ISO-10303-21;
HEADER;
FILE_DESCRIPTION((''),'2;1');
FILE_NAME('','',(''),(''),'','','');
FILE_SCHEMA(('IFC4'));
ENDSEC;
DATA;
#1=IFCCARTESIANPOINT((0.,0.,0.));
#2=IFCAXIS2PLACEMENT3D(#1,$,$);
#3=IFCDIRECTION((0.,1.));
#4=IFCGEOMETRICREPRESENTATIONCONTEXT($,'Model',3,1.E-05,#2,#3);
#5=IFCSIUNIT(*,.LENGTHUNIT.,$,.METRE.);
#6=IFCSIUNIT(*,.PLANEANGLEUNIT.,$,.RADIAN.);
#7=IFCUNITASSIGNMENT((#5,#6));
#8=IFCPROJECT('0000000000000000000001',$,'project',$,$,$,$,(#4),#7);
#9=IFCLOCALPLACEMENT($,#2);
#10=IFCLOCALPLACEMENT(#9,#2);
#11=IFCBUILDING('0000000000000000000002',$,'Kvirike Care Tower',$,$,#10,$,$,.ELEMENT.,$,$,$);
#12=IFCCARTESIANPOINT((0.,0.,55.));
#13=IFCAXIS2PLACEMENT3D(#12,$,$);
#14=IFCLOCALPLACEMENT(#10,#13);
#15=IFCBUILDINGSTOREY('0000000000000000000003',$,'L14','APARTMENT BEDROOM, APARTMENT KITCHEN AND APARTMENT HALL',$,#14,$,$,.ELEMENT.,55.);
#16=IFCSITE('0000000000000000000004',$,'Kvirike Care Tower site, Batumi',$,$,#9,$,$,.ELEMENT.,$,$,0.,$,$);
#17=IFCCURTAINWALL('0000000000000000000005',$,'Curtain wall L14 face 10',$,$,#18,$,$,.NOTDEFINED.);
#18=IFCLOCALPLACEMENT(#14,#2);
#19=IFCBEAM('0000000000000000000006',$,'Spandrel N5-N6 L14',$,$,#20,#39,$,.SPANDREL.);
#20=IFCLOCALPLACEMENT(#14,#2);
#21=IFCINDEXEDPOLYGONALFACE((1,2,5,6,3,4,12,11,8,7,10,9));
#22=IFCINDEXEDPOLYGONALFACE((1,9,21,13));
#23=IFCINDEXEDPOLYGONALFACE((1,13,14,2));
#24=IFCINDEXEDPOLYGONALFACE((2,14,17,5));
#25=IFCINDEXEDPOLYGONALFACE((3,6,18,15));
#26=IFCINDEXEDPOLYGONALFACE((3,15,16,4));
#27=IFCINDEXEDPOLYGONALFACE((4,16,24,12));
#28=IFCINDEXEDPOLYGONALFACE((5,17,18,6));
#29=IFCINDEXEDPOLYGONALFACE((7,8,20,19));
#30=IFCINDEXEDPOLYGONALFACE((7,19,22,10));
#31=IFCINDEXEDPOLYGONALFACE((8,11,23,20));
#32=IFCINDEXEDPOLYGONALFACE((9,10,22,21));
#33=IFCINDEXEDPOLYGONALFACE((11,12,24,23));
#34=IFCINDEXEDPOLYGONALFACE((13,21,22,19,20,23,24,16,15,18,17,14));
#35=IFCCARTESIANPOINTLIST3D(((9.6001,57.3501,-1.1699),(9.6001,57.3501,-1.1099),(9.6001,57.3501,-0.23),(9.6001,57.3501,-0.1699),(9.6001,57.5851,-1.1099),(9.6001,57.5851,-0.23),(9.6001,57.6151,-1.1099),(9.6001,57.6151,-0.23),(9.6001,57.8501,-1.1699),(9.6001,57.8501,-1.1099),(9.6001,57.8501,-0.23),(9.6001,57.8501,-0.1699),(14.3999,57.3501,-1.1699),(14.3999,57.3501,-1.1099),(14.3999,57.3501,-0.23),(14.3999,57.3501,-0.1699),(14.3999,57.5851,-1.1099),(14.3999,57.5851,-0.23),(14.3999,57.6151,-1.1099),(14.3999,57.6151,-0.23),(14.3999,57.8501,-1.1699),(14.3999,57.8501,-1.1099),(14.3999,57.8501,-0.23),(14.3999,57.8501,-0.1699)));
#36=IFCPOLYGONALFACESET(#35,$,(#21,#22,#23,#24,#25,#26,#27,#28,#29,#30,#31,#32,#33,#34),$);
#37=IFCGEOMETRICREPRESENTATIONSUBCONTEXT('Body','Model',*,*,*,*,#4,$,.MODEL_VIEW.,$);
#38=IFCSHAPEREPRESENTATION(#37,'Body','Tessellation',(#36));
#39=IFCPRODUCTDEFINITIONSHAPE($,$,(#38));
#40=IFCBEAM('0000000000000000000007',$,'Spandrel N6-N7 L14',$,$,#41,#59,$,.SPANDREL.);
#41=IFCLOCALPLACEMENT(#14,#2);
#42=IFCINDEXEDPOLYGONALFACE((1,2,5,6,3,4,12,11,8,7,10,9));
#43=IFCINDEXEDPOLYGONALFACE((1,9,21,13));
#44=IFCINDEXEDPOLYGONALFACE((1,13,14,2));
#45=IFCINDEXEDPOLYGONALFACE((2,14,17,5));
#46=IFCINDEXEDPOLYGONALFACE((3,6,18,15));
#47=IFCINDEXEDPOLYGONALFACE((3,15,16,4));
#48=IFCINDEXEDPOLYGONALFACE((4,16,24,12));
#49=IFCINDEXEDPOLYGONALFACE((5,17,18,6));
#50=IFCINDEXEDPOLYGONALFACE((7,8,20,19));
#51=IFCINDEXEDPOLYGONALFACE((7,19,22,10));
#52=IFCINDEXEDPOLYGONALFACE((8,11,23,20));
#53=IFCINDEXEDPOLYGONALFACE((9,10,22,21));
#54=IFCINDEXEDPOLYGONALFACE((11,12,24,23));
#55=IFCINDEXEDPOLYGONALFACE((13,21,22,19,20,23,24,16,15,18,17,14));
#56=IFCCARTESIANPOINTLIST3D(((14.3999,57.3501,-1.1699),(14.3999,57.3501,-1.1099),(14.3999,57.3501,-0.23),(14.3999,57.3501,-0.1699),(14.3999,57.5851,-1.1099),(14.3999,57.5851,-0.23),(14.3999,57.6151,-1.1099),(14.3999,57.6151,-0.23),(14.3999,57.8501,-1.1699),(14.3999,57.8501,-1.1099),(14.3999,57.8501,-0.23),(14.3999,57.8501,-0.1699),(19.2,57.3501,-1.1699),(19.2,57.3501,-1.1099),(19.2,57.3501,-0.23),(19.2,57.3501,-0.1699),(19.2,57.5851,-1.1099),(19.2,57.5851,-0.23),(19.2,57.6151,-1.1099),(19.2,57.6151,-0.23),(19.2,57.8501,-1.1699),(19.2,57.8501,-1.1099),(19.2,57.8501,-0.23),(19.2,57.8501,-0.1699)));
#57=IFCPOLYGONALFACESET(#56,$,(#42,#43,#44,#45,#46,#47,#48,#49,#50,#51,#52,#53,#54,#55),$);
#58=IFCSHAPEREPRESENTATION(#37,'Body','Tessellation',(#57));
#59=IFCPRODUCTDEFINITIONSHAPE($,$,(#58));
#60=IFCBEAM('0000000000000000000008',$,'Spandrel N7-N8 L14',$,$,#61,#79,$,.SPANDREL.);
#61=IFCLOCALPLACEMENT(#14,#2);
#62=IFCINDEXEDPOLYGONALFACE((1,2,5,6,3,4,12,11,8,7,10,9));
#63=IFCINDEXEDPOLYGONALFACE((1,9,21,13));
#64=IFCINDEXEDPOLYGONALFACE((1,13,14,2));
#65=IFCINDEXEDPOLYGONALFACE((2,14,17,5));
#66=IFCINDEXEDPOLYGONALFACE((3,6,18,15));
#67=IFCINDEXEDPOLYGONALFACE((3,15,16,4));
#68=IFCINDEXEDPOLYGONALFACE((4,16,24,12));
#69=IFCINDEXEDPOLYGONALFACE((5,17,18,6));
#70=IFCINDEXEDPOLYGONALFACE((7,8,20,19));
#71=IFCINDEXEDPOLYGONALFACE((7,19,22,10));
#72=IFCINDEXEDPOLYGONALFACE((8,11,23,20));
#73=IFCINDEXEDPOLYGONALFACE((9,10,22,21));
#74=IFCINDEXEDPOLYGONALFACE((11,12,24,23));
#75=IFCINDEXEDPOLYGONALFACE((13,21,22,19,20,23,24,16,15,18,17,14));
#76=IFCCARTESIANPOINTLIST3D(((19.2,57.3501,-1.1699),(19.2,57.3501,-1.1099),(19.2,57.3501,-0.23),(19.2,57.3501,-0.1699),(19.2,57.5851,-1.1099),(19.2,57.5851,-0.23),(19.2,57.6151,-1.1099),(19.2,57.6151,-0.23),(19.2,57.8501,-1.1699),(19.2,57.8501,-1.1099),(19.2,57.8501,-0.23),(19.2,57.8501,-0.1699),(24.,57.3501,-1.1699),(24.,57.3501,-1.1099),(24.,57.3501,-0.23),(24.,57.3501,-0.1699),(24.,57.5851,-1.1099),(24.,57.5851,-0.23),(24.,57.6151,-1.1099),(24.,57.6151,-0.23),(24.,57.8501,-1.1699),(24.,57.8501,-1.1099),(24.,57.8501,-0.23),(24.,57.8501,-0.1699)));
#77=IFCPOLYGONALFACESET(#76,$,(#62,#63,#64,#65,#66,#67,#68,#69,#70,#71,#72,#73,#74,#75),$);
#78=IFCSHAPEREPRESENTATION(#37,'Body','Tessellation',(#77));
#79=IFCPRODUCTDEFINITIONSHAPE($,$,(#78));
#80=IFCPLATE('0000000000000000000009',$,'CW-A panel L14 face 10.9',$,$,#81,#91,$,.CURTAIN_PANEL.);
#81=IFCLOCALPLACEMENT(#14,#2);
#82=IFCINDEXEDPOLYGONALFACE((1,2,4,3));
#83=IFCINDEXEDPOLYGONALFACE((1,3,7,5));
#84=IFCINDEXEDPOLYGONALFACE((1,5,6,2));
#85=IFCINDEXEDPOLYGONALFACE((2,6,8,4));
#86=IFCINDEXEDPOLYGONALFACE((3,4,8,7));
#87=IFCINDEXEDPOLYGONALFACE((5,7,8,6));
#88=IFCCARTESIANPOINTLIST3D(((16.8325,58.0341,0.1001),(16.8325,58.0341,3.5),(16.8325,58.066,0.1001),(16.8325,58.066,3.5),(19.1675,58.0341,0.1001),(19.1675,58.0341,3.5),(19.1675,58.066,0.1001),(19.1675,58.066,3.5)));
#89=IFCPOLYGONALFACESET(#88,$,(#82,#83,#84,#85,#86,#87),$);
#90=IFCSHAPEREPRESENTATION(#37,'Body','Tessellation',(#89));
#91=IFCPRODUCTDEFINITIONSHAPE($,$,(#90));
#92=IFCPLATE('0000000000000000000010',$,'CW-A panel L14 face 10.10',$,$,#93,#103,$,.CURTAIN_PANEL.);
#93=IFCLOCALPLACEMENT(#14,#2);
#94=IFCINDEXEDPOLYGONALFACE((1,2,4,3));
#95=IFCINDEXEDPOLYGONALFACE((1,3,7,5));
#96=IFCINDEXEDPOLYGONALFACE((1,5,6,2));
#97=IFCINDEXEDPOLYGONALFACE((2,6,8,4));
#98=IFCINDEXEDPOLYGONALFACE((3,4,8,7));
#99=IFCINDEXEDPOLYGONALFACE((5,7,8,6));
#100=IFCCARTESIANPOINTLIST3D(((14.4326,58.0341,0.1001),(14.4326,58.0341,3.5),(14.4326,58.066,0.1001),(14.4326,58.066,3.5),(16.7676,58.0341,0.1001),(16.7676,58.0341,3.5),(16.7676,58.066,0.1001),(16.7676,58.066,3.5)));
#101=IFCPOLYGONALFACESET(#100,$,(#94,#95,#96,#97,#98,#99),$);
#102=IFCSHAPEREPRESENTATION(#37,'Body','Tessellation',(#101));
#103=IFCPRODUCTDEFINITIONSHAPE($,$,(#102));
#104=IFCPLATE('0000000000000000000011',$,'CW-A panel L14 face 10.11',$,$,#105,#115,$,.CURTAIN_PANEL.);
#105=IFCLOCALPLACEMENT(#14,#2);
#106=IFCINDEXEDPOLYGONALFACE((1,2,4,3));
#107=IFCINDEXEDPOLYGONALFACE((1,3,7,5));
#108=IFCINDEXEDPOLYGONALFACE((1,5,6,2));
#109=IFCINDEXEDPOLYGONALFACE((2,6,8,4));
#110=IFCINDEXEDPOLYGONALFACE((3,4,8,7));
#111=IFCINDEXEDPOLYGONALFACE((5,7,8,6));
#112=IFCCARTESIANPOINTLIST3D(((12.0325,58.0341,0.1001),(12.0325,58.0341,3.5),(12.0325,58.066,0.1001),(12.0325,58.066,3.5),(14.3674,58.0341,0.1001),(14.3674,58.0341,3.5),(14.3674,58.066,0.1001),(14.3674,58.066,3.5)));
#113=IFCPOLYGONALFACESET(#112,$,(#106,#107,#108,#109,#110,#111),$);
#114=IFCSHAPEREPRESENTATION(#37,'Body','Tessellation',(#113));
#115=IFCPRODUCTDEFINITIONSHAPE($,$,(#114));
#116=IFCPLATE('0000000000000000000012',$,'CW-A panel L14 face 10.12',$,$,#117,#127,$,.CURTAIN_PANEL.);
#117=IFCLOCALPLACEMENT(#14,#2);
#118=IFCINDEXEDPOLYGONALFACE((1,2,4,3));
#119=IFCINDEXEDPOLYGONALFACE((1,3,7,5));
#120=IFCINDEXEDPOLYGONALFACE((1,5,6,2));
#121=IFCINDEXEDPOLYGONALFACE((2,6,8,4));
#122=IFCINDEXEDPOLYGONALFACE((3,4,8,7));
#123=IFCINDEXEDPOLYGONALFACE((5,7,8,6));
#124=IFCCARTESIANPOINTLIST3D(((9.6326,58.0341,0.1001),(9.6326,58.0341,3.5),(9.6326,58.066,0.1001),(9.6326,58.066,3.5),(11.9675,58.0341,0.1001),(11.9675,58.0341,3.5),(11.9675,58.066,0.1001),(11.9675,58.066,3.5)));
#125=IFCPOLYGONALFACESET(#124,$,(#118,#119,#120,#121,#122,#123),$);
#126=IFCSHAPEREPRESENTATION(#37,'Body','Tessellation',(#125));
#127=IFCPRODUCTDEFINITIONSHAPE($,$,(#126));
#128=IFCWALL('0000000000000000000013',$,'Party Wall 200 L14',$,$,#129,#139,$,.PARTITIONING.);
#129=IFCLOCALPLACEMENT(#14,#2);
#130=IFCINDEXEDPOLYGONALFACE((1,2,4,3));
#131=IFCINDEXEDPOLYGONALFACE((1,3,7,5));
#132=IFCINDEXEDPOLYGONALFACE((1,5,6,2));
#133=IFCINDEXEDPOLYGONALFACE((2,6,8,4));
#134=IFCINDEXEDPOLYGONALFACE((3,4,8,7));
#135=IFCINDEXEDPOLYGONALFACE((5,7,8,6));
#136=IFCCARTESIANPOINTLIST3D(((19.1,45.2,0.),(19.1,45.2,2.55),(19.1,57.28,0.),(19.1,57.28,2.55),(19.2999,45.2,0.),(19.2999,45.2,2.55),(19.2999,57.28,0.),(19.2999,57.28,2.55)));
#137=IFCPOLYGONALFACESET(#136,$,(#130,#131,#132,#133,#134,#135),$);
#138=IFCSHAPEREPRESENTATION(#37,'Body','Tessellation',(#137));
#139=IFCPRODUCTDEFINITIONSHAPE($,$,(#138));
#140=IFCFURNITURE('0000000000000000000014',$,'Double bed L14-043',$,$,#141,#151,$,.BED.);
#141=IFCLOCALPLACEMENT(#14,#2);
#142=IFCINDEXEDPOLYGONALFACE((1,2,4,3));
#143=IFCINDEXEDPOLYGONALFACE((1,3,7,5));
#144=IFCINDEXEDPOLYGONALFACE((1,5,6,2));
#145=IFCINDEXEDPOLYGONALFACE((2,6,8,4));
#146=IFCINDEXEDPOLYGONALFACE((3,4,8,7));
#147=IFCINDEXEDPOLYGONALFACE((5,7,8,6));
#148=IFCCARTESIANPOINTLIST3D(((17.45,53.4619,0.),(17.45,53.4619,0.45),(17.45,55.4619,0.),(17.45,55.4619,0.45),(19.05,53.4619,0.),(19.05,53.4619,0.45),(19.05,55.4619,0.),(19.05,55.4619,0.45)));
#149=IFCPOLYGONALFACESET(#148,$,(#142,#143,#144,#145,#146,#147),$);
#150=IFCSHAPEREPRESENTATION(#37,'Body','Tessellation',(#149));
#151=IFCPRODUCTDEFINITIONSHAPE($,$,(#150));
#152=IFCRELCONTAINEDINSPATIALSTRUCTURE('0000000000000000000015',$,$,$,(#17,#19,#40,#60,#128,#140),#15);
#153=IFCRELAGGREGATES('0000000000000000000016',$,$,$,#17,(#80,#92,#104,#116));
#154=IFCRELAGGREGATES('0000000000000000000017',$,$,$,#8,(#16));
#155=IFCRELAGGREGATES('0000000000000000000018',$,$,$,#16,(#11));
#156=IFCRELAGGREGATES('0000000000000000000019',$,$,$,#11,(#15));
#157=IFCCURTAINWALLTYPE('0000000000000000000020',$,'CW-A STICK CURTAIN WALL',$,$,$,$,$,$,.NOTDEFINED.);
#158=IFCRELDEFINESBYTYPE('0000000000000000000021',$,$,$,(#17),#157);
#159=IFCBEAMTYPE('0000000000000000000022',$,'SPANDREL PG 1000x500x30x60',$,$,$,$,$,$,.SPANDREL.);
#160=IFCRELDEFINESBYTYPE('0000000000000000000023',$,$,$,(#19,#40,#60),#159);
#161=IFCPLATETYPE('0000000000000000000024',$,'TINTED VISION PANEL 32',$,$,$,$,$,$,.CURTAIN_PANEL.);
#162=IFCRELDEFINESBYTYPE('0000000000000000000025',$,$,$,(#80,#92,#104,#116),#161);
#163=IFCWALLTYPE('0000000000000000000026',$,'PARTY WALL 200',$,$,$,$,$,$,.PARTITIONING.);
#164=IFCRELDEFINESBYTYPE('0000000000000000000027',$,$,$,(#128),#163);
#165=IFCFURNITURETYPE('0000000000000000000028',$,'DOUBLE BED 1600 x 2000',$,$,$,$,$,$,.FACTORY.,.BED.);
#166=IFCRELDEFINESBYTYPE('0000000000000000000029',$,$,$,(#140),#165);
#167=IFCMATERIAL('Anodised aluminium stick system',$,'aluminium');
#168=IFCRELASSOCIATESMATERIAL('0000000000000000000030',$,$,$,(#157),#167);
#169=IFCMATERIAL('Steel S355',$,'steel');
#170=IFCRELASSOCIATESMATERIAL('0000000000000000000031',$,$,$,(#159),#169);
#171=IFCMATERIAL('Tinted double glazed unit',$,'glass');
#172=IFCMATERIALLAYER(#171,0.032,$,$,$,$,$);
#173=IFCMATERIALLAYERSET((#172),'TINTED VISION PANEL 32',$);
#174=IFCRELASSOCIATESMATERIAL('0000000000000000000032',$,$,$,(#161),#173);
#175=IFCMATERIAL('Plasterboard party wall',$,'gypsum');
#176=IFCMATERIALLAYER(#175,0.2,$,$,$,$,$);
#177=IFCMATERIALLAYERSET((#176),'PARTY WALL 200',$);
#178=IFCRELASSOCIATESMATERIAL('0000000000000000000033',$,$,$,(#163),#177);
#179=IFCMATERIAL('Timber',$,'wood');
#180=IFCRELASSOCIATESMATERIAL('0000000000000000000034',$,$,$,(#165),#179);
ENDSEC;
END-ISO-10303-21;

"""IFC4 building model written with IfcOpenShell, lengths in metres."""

from ifc_helpers import new_model, si_unit, direction, frame, frame_2d, origin, origin_2d, place, context, subcontext, project, spatial, rectangle, i_section, extrude, material, layer, layer_set, material_profile, profile_set, type_object, element, aggregate, save


model = new_model("IFC4")

# Units and contexts
model_context = context("Model", 3, precision=1e-05, world=origin(), true_north=direction((0.0, 1.0)))
body_context = subcontext(model_context, "Body", "Model", "MODEL_VIEW")
ifc_project = project(units=[si_unit("LENGTHUNIT", "METRE"), si_unit("PLANEANGLEUNIT", "RADIAN")], contexts=[model_context])

# Site, building, storey
site_placement = place(None, origin())
site = spatial("IfcSite", under=ifc_project, at=site_placement, Name="Kvirike Care Tower site, Batumi", CompositionType="ELEMENT", RefElevation=0.0)
building_placement = place(site_placement, origin())
building = spatial("IfcBuilding", under=site, at=building_placement, Name="Kvirike Care Tower", CompositionType="ELEMENT")
storey_placement = place(building_placement, frame((0.0, 0.0, 55.0)))
storey = spatial("IfcBuildingStorey", under=building, at=storey_placement, Name="L14", Description="APARTMENT BEDROOM, APARTMENT KITCHEN AND APARTMENT HALL", CompositionType="ELEMENT", Elevation=55.0)

# Curtain wall
ifc_material_1 = material(Name="Anodised aluminium stick system", Category="aluminium")
curtain_wall_type = type_object("IfcCurtainWallType", Name="CW-A STICK CURTAIN WALL", PredefinedType="NOTDEFINED", material=ifc_material_1)
curtain_wall_placement = place(storey_placement, origin())
curtain_wall = element("IfcCurtainWall", 1, at=curtain_wall_placement, inside=storey, type_object=curtain_wall_type, Name="Curtain wall L14 face 10", PredefinedType="NOTDEFINED")

# Beams
ifc_material_2 = material(Name="Steel S355", Category="steel")
ifc_material_profile_1 = material_profile(ifc_material_2, i_section(OverallWidth=0.5, OverallDepth=1.0, WebThickness=0.03, FlangeThickness=0.0601, at=origin_2d()), Name="PG 1000x500x30x60")
ifc_profile_set_1 = profile_set([ifc_material_profile_1], Name="Steel S355")
beam_type = type_object("IfcBeamType", Name="SPANDREL PG 1000x500x30x60", PredefinedType="SPANDREL", material=ifc_profile_set_1)
beam_placement = place(storey_placement, frame((9.6001, 57.6001, -0.6699), z_axis=(1.0, 0.0, 0.0), x_axis=(0.0, 1.0, 0.0)))
element("IfcBeam", 2, at=beam_placement, inside=storey, type_object=beam_type, Name="Spandrel N5-N6 L14", PredefinedType="SPANDREL", context=body_context, shape_type="SweptSolid", body=[
    extrude(i_section(OverallWidth=0.5, OverallDepth=1.0, WebThickness=0.03, FlangeThickness=0.0601, at=origin_2d()), origin(), (0.0, 0.0, 1.0), 4.7998),
])
for number, where, z_axis, x_axis, name in (
    (3, (14.3999, 57.6001, -0.6699), (1.0, 0.0, 0.0), (0.0, 1.0, 0.0), "Spandrel N6-N7 L14"),
    (4, (19.2, 57.6001, -0.6699), (1.0, 0.0, 0.0), (0.0, 1.0, 0.0), "Spandrel N7-N8 L14"),
):
    element("IfcBeam", number, at=place(storey_placement, frame(where, z_axis=z_axis, x_axis=x_axis)), inside=storey, type_object=beam_type, Name=name, PredefinedType="SPANDREL", context=body_context, shape_type="SweptSolid", body=[
        extrude(i_section(OverallWidth=0.5, OverallDepth=1.0, WebThickness=0.03, FlangeThickness=0.0601, at=origin_2d()), origin(), (0.0, 0.0, 1.0), 4.8),
    ])

# Plates
ifc_material_3 = material(Name="Tinted double glazed unit", Category="glass")
ifc_layer_1 = layer(ifc_material_3, 0.032)
ifc_layer_set_1 = layer_set([ifc_layer_1], Name="TINTED VISION PANEL 32")
plate_type = type_object("IfcPlateType", Name="TINTED VISION PANEL 32", PredefinedType="CURTAIN_PANEL", material=ifc_layer_set_1)
plate_1_placement = place(storey_placement, frame((18.0, 58.05, 0.1001), z_axis=(0.0, 0.0, 1.0), x_axis=(-1.0, 0.0, 0.0)))
plate_1 = element("IfcPlate", 5, at=plate_1_placement, type_object=plate_type, Name="CW-A panel L14 face 10.9", PredefinedType="CURTAIN_PANEL", context=body_context, shape_type="SweptSolid", body=[
    extrude(rectangle(XDim=2.335, YDim=0.032, at=origin_2d()), origin(), (0.0, 0.0, 1.0), 3.3999),
])
plate_2_placement = place(storey_placement, frame((15.6001, 58.05, 0.1001), z_axis=(0.0, 0.0, 1.0), x_axis=(-1.0, 0.0, 0.0)))
plate_2 = element("IfcPlate", 6, at=plate_2_placement, type_object=plate_type, Name="CW-A panel L14 face 10.10", PredefinedType="CURTAIN_PANEL", context=body_context, shape_type="SweptSolid", body=[
    extrude(rectangle(XDim=2.335, YDim=0.032, at=origin_2d()), origin(), (0.0, 0.0, 1.0), 3.3999),
])
plate_3_placement = place(storey_placement, frame((13.2, 58.05, 0.1001), z_axis=(0.0, 0.0, 1.0), x_axis=(-1.0, 0.0, 0.0)))
plate_3 = element("IfcPlate", 7, at=plate_3_placement, type_object=plate_type, Name="CW-A panel L14 face 10.11", PredefinedType="CURTAIN_PANEL", context=body_context, shape_type="SweptSolid", body=[
    extrude(rectangle(XDim=2.335, YDim=0.032, at=origin_2d()), origin(), (0.0, 0.0, 1.0), 3.3999),
])
plate_4_placement = place(storey_placement, frame((10.8, 58.05, 0.1001), z_axis=(0.0, 0.0, 1.0), x_axis=(-1.0, 0.0, 0.0)))
plate_4 = element("IfcPlate", 8, at=plate_4_placement, type_object=plate_type, Name="CW-A panel L14 face 10.12", PredefinedType="CURTAIN_PANEL", context=body_context, shape_type="SweptSolid", body=[
    extrude(rectangle(XDim=2.335, YDim=0.032, at=origin_2d()), origin(), (0.0, 0.0, 1.0), 3.3999),
])
aggregate(curtain_wall, [plate_1, plate_2, plate_3, plate_4])

# Wall
ifc_material_4 = material(Name="Plasterboard party wall", Category="gypsum")
ifc_layer_2 = layer(ifc_material_4, 0.2)
ifc_layer_set_2 = layer_set([ifc_layer_2], Name="PARTY WALL 200")
wall_type = type_object("IfcWallType", Name="PARTY WALL 200", PredefinedType="PARTITIONING", material=ifc_layer_set_2)
wall_placement = place(storey_placement, frame((19.2, 57.28, 0.0), z_axis=(0.0, 0.0, 1.0), x_axis=(0.0, -1.0, 0.0)))
element("IfcWall", 9, at=wall_placement, inside=storey, type_object=wall_type, Name="Party Wall 200 L14", PredefinedType="PARTITIONING", context=body_context, shape_type="SweptSolid", body=[
    extrude(rectangle(XDim=12.0801, YDim=0.2, at=frame_2d((6.04, 0.0))), origin(), (0.0, 0.0, 1.0), 2.55),
])

# Furniture
ifc_material_5 = material(Name="Timber", Category="wood")
furniture_type = type_object("IfcFurnitureType", Name="DOUBLE BED 1600 x 2000", AssemblyPlace="FACTORY", PredefinedType="BED", material=ifc_material_5)
furniture_placement = place(storey_placement, frame((18.25, 54.4619, 0.0), z_axis=(0.0, 0.0, 1.0), x_axis=(-1.0, 0.0, 0.0)))
element("IfcFurniture", 10, at=furniture_placement, inside=storey, type_object=furniture_type, Name="Double bed L14-043", PredefinedType="BED", context=body_context, shape_type="SweptSolid", body=[
    extrude(rectangle(XDim=1.6001, YDim=2.0, at=origin_2d()), origin(), (0.0, 0.0, 1.0), 0.45),
])

save(model, "model.ifc")
